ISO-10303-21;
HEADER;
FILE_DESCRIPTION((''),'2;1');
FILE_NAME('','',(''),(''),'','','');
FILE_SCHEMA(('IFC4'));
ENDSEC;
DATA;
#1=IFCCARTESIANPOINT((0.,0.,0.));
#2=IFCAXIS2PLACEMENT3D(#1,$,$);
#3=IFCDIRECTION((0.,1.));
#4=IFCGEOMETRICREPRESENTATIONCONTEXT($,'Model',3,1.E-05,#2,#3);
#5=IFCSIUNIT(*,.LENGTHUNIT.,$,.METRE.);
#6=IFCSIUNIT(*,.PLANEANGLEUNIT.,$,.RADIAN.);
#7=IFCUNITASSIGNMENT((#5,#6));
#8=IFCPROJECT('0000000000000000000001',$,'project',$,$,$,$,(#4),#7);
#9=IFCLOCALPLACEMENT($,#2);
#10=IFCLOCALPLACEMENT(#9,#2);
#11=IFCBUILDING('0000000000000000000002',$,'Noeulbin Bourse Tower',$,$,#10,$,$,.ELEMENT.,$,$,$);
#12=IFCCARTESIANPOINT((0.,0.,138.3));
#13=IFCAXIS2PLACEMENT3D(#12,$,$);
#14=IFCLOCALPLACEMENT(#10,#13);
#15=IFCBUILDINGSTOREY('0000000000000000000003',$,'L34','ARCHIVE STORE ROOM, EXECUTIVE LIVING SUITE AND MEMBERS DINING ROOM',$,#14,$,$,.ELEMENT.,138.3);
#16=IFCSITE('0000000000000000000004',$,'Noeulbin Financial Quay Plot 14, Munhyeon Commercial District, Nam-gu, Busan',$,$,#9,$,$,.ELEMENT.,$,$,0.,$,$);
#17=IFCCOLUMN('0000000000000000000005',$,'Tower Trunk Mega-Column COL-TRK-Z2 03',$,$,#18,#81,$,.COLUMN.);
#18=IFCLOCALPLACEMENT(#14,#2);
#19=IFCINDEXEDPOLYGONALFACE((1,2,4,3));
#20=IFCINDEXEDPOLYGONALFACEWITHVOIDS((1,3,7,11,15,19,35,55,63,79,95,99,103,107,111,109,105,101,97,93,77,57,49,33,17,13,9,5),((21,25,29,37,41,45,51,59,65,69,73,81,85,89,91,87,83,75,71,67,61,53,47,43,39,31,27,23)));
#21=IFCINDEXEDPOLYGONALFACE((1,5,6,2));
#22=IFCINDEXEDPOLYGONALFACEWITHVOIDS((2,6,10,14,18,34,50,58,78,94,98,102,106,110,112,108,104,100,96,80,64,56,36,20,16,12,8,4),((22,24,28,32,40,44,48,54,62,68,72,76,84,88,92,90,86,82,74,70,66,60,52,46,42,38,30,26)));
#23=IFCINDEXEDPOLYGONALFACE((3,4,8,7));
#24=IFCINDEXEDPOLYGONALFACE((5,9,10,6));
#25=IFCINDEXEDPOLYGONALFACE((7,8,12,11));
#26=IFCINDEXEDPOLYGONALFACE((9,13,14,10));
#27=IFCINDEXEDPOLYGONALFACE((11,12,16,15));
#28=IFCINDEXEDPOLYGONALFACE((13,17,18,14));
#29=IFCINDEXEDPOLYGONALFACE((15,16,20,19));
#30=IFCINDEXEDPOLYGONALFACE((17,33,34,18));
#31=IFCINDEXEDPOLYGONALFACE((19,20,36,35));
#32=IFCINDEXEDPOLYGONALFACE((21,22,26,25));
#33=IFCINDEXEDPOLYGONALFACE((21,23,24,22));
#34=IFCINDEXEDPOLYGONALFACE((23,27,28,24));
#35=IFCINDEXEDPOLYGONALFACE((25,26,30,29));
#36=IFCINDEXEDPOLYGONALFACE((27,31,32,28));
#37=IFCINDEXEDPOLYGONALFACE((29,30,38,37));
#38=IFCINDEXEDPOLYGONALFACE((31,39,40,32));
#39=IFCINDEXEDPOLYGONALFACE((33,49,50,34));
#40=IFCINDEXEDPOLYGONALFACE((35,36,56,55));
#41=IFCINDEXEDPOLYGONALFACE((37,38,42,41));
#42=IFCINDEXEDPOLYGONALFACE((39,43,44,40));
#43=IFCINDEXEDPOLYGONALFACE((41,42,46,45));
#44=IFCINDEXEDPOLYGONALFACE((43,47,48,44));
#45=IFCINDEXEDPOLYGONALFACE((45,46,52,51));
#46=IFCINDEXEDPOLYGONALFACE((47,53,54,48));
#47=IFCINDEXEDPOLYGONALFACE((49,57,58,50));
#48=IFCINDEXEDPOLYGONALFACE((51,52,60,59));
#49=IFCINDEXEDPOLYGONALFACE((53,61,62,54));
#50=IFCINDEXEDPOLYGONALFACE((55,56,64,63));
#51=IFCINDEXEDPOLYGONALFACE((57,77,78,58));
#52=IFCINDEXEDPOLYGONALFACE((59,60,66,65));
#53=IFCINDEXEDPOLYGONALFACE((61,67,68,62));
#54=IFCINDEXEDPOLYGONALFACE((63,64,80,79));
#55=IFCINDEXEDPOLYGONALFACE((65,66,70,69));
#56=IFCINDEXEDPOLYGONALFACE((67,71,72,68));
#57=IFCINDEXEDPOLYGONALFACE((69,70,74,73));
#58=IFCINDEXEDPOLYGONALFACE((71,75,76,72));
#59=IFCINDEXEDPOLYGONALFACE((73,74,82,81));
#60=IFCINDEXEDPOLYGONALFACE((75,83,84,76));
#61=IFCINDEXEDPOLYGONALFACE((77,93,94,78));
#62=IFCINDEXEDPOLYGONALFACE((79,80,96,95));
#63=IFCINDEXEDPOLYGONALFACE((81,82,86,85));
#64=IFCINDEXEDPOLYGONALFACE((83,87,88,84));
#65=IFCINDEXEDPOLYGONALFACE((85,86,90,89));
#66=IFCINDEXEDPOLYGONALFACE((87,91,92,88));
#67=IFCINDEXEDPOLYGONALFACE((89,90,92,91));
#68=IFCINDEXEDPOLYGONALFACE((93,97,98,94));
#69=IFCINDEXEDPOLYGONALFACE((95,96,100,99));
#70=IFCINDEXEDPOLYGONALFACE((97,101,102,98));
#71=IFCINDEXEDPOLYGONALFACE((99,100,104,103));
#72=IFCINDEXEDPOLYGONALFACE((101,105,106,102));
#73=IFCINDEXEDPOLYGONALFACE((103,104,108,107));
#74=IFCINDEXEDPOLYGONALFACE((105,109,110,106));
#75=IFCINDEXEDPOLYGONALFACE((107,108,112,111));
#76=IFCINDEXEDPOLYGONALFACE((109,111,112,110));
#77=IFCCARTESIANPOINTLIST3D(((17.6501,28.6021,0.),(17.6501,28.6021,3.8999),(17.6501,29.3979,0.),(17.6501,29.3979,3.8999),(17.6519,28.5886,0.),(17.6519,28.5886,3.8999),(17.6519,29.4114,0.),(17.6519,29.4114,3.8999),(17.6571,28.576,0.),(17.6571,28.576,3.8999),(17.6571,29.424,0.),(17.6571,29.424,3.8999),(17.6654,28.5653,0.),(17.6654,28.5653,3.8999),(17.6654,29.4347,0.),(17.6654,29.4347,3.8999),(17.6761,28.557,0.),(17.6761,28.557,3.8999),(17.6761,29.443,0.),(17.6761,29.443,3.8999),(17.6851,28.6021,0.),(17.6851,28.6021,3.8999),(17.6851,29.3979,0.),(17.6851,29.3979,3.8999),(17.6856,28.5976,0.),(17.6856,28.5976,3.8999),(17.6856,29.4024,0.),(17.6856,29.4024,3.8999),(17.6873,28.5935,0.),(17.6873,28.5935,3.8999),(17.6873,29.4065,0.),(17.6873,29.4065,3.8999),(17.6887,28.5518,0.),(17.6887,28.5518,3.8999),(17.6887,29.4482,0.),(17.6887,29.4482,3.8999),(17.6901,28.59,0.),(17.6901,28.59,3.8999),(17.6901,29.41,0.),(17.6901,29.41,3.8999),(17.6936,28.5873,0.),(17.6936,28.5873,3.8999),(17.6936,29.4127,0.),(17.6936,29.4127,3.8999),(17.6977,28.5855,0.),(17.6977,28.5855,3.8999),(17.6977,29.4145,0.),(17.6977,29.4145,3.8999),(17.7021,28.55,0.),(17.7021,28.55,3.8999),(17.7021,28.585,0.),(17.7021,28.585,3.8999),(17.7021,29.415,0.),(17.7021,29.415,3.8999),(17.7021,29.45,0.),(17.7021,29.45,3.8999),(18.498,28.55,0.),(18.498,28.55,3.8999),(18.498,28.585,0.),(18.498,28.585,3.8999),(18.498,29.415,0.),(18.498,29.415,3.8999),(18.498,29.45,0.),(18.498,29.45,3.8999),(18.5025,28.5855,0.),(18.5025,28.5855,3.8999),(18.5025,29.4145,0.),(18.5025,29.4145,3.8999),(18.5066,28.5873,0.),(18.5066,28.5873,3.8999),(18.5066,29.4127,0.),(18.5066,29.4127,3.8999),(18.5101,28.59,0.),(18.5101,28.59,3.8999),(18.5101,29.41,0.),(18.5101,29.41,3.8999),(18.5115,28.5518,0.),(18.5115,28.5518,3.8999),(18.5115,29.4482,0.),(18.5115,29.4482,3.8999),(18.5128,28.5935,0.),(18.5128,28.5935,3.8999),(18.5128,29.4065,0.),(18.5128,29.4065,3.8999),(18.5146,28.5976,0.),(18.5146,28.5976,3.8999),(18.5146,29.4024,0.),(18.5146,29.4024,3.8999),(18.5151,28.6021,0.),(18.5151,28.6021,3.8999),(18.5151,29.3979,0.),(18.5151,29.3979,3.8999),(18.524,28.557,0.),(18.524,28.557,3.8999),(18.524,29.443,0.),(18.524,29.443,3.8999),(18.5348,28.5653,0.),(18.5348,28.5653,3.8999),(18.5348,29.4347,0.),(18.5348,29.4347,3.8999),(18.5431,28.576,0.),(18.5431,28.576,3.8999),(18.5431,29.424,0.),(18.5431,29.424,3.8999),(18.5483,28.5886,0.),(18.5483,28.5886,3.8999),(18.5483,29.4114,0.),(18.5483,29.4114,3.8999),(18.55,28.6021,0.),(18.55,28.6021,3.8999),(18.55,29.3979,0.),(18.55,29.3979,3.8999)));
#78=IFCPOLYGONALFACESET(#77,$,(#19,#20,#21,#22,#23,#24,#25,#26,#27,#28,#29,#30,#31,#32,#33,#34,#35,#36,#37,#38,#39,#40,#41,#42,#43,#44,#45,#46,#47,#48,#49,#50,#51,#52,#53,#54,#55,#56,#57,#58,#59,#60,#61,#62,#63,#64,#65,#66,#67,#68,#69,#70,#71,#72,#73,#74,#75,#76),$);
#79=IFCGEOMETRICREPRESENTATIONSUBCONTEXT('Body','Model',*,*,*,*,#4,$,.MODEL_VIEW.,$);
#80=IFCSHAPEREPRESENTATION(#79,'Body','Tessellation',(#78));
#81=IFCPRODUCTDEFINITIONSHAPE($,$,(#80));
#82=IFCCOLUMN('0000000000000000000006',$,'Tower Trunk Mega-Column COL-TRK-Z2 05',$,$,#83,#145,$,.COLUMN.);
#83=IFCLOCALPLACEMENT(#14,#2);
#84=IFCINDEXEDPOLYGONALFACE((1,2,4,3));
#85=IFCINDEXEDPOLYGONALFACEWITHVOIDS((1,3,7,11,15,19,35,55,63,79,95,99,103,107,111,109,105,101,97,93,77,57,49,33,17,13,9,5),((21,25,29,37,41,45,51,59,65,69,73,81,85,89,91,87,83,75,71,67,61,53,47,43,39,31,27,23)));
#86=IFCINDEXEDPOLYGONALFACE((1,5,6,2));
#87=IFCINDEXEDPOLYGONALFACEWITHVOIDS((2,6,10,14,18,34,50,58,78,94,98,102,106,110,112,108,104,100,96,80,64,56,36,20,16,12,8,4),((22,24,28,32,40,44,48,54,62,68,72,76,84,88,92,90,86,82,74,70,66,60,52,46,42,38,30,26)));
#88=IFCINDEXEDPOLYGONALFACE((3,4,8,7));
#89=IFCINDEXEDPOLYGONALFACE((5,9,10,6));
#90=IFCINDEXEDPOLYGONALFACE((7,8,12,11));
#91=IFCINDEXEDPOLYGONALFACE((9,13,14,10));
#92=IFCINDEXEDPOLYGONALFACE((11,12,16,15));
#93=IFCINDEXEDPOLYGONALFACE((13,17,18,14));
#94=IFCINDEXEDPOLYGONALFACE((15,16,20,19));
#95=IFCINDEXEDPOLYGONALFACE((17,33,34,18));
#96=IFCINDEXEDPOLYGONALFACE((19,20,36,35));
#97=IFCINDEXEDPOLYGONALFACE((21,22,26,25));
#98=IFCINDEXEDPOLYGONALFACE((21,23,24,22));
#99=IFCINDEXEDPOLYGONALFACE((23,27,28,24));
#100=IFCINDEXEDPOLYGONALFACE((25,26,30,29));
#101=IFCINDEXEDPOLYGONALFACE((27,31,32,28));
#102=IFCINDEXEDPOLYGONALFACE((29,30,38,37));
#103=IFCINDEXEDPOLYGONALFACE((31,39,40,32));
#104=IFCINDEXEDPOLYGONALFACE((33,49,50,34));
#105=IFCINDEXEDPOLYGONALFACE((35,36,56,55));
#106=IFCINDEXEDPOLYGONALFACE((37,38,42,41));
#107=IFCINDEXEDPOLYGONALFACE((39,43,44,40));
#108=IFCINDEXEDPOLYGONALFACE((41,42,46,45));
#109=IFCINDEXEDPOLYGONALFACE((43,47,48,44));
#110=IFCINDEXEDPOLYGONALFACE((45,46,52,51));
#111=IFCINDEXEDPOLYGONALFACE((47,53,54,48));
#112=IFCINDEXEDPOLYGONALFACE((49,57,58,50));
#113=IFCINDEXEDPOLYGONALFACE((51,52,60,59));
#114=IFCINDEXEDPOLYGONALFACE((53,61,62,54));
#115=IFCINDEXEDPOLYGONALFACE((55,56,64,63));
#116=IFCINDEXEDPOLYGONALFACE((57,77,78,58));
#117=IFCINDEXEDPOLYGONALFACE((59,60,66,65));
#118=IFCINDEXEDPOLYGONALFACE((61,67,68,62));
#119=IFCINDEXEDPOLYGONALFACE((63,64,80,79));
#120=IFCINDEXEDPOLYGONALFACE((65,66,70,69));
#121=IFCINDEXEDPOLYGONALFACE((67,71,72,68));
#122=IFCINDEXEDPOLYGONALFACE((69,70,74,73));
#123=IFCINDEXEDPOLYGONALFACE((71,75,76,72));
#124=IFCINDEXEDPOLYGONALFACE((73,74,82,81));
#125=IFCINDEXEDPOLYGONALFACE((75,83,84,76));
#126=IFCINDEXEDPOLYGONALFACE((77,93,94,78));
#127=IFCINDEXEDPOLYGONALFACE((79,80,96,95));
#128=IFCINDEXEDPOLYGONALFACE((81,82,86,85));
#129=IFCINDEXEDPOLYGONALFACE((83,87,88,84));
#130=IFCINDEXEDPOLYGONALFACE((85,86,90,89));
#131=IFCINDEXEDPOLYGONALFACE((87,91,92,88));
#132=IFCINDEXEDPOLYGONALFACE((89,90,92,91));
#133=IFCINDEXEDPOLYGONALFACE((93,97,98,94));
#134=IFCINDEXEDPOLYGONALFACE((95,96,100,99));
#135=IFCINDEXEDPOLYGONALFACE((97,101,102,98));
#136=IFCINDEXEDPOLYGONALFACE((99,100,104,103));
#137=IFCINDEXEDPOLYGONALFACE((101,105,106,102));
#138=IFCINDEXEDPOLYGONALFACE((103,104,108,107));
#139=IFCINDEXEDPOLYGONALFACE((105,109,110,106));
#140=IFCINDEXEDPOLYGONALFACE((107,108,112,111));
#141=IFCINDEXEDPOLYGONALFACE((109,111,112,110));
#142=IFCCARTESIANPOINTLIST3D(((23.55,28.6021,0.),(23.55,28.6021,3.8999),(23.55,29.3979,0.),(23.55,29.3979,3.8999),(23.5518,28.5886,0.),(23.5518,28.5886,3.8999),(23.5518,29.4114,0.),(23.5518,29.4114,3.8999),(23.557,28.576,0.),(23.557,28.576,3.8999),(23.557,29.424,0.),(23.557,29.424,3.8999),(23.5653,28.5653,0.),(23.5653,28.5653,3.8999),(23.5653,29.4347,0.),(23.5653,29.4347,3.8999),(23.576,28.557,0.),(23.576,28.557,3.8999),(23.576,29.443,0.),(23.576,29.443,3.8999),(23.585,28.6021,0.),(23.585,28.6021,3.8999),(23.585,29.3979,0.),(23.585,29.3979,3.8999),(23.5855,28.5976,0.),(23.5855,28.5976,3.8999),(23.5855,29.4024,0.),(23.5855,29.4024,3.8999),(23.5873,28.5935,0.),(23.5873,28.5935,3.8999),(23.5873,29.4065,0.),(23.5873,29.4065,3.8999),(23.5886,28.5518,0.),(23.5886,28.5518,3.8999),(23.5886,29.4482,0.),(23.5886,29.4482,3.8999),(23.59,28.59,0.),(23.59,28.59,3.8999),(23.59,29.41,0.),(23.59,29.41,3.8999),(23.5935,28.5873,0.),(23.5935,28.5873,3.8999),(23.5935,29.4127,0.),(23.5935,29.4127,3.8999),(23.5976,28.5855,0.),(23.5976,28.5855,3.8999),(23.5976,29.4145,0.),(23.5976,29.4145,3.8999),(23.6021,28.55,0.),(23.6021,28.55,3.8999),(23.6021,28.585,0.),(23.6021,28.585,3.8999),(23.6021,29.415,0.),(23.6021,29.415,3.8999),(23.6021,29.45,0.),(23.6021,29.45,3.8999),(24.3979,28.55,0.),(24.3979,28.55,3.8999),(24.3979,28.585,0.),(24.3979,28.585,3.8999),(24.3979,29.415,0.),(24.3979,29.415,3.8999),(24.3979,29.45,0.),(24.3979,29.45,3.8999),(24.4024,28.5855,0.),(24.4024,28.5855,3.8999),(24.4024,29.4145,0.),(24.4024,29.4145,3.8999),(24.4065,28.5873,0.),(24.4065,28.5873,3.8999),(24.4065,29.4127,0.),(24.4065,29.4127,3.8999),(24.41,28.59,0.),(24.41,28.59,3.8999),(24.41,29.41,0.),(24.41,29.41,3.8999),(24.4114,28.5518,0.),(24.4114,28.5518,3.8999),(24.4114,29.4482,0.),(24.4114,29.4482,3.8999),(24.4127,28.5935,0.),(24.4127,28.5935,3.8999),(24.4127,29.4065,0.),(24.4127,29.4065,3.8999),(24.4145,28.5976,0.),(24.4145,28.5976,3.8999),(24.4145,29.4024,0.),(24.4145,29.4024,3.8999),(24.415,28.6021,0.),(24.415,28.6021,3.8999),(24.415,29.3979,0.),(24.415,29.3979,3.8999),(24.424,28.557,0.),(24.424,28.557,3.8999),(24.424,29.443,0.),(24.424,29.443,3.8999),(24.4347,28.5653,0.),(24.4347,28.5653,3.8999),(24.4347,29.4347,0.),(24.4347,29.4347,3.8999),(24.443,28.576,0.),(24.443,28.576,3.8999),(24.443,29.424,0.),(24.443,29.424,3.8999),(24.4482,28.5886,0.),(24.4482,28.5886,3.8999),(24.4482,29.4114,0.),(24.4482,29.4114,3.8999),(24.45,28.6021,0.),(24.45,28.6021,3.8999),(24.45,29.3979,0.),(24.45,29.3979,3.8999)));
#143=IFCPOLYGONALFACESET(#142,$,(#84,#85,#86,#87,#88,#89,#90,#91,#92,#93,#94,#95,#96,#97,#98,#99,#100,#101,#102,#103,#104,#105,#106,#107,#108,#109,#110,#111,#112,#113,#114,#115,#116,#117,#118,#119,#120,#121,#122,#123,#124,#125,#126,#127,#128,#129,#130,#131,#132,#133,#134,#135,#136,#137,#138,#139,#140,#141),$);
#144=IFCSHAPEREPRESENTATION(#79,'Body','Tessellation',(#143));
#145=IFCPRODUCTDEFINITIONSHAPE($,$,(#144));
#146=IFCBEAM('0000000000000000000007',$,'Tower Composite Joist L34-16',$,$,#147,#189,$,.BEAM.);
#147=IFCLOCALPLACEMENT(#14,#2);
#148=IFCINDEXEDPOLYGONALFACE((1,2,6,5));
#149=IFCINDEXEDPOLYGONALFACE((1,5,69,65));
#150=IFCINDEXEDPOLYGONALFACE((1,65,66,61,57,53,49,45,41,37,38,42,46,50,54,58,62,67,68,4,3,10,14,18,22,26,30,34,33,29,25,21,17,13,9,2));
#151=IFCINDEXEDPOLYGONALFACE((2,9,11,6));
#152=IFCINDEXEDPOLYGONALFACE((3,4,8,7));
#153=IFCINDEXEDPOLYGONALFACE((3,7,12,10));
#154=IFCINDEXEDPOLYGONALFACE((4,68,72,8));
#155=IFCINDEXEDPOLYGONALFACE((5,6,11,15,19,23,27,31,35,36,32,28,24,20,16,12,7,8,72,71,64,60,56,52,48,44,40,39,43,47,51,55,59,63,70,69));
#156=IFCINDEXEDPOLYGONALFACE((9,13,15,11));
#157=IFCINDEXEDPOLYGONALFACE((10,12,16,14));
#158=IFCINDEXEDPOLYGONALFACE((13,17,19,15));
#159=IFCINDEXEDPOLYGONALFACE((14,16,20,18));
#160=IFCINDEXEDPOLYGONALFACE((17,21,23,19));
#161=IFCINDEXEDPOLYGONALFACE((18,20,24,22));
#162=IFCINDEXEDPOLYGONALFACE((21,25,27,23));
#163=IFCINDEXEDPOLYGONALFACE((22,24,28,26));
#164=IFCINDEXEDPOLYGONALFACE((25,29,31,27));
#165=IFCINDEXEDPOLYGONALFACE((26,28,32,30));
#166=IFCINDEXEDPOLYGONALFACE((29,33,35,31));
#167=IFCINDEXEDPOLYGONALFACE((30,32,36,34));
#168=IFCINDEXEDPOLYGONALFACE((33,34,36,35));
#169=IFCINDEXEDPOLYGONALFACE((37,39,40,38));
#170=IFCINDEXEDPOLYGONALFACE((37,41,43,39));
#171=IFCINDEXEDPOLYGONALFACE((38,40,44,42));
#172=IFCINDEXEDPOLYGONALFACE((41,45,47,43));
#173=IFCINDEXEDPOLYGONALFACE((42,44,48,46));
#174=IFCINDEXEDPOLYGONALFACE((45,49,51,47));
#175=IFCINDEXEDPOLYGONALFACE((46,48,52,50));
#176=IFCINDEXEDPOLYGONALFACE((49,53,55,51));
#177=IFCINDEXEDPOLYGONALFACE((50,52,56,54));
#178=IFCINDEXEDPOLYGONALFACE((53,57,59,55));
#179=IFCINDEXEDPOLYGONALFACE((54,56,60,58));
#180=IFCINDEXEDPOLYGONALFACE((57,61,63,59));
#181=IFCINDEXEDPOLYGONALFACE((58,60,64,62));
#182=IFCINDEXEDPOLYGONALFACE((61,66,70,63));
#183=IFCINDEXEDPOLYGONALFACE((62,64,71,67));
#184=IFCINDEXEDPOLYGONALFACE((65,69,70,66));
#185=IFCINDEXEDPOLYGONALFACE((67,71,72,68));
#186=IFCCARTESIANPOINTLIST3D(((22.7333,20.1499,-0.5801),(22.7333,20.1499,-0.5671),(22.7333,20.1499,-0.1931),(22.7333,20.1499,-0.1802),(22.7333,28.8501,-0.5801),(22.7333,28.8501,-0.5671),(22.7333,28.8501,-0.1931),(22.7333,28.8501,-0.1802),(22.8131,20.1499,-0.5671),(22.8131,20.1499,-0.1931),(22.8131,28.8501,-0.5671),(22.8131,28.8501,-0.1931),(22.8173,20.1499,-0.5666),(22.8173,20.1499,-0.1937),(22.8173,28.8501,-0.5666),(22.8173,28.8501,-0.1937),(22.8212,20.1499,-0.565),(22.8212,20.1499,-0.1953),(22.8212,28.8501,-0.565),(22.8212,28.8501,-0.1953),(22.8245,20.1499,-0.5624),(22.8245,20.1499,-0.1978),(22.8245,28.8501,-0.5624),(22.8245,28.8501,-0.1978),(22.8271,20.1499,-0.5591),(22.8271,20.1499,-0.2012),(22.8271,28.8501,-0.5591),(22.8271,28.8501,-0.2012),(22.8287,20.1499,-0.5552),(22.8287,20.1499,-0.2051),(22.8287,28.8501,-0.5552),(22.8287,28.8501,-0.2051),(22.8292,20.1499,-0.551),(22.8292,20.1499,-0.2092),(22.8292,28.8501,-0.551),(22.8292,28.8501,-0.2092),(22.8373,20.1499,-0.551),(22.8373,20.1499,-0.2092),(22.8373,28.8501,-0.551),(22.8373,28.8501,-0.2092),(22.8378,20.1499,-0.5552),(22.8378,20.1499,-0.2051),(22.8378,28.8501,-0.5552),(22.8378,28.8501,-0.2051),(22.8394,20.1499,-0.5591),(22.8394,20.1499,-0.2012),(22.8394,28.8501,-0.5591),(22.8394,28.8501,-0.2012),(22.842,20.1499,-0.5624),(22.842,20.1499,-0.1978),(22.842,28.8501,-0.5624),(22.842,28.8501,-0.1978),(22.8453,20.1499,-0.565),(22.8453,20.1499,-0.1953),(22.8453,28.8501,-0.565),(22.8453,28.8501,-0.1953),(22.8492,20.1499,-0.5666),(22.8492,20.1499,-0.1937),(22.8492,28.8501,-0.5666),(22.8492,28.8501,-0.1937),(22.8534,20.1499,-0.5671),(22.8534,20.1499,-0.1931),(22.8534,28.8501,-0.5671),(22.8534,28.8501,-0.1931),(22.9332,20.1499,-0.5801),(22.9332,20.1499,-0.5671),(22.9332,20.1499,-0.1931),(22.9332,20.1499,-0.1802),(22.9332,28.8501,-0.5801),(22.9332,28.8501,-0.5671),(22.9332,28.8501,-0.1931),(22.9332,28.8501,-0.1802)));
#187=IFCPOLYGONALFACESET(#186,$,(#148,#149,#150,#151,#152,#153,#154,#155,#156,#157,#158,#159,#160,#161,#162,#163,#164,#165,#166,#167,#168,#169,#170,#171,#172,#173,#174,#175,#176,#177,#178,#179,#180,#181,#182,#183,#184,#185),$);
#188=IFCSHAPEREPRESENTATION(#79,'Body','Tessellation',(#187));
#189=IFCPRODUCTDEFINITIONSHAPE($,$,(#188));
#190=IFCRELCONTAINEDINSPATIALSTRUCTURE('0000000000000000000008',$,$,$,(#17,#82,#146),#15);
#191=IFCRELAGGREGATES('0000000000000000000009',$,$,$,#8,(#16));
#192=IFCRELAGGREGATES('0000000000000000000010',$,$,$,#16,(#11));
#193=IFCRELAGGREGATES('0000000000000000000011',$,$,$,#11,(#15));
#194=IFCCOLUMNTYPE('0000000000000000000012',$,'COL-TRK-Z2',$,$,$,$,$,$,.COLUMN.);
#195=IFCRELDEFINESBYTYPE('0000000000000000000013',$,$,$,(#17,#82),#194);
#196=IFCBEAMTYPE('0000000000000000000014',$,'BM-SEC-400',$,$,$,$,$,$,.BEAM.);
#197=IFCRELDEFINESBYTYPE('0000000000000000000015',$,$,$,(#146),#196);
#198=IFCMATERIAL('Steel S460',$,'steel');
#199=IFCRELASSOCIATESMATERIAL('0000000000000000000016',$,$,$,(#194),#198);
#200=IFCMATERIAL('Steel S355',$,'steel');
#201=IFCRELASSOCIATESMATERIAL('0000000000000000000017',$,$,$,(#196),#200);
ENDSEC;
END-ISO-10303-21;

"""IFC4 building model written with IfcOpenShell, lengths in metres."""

from ifc_helpers import new_model, si_unit, direction, frame, origin, origin_2d, place, context, subcontext, project, spatial, hollow_rectangle, i_section, extrude, material, material_profile, profile_set, type_object, element, save


model = new_model("IFC4")

# Units and contexts
model_context = context("Model", 3, precision=1e-05, world=origin(), true_north=direction((0.0, 1.0)))
body_context = subcontext(model_context, "Body", "Model", "MODEL_VIEW")
ifc_project = project(units=[si_unit("LENGTHUNIT", "METRE"), si_unit("PLANEANGLEUNIT", "RADIAN")], contexts=[model_context])

# Site, building, storey
site_placement = place(None, origin())
site = spatial("IfcSite", under=ifc_project, at=site_placement, Name="Noeulbin Financial Quay Plot 14, Munhyeon Commercial District, Nam-gu, Busan", CompositionType="ELEMENT", RefElevation=0.0)
building_placement = place(site_placement, origin())
building = spatial("IfcBuilding", under=site, at=building_placement, Name="Noeulbin Bourse Tower", CompositionType="ELEMENT")
storey_placement = place(building_placement, frame((0.0, 0.0, 138.3)))
storey = spatial("IfcBuildingStorey", under=building, at=storey_placement, Name="L34", Description="ARCHIVE STORE ROOM, EXECUTIVE LIVING SUITE AND MEMBERS DINING ROOM", CompositionType="ELEMENT", Elevation=138.3)

# Columns
ifc_material_1 = material(Name="Steel S460", Category="steel")
ifc_material_profile_1 = material_profile(ifc_material_1, hollow_rectangle(XDim=0.8999, YDim=0.8999, WallThickness=0.0349, InnerFilletRadius=0.0171, OuterFilletRadius=0.052, at=origin_2d()), Name="BOX-900x900x35", Category="LoadBearing")
ifc_profile_set_1 = profile_set([ifc_material_profile_1], Name="Steel S460")
column_type = type_object("IfcColumnType", Name="COL-TRK-Z2", PredefinedType="COLUMN", material=ifc_profile_set_1)
for number, where, z_axis, x_axis, name in (
    (1, (18.1001, 29.0, 0.0), (0.0, 0.0, 1.0), (1.0, 0.0, 0.0), "Tower Trunk Mega-Column COL-TRK-Z2 03"),
    (2, (24.0, 29.0, 0.0), (0.0, 0.0, 1.0), (1.0, 0.0, 0.0), "Tower Trunk Mega-Column COL-TRK-Z2 05"),
):
    element("IfcColumn", number, at=place(storey_placement, frame(where, z_axis=z_axis, x_axis=x_axis)), inside=storey, type_object=column_type, Name=name, PredefinedType="COLUMN", context=body_context, shape_type="SweptSolid", body=[
        extrude(hollow_rectangle(XDim=0.8999, YDim=0.8999, WallThickness=0.0349, InnerFilletRadius=0.0171, OuterFilletRadius=0.052, at=origin_2d()), origin(), (0.0, 0.0, 1.0), 3.8999),
    ])

# Beam
ifc_material_2 = material(Name="Steel S355", Category="steel")
ifc_material_profile_2 = material_profile(ifc_material_2, i_section(OverallWidth=0.2, OverallDepth=0.3999, WebThickness=0.0081, FlangeThickness=0.0129, FilletRadius=0.0161, at=origin_2d()), Name="H-400x200x8x13", Category="LoadBearing")
ifc_profile_set_2 = profile_set([ifc_material_profile_2], Name="Steel S355")
beam_type = type_object("IfcBeamType", Name="BM-SEC-400", PredefinedType="BEAM", material=ifc_profile_set_2)
for number, where, z_axis, x_axis, name in (
    (3, (22.8333, 20.1499, -0.3801), (0.0, 1.0, 0.0), (-1.0, 0.0, 0.0), "Tower Composite Joist L34-16"),
):
    element("IfcBeam", number, at=place(storey_placement, frame(where, z_axis=z_axis, x_axis=x_axis)), inside=storey, type_object=beam_type, Name=name, PredefinedType="BEAM", context=body_context, shape_type="SweptSolid", body=[
        extrude(i_section(OverallWidth=0.2, OverallDepth=0.3999, WebThickness=0.0081, FlangeThickness=0.0129, FilletRadius=0.0161, at=origin_2d()), origin(), (0.0, 0.0, 1.0), 8.7002),
    ])

save(model, "model.ifc")
